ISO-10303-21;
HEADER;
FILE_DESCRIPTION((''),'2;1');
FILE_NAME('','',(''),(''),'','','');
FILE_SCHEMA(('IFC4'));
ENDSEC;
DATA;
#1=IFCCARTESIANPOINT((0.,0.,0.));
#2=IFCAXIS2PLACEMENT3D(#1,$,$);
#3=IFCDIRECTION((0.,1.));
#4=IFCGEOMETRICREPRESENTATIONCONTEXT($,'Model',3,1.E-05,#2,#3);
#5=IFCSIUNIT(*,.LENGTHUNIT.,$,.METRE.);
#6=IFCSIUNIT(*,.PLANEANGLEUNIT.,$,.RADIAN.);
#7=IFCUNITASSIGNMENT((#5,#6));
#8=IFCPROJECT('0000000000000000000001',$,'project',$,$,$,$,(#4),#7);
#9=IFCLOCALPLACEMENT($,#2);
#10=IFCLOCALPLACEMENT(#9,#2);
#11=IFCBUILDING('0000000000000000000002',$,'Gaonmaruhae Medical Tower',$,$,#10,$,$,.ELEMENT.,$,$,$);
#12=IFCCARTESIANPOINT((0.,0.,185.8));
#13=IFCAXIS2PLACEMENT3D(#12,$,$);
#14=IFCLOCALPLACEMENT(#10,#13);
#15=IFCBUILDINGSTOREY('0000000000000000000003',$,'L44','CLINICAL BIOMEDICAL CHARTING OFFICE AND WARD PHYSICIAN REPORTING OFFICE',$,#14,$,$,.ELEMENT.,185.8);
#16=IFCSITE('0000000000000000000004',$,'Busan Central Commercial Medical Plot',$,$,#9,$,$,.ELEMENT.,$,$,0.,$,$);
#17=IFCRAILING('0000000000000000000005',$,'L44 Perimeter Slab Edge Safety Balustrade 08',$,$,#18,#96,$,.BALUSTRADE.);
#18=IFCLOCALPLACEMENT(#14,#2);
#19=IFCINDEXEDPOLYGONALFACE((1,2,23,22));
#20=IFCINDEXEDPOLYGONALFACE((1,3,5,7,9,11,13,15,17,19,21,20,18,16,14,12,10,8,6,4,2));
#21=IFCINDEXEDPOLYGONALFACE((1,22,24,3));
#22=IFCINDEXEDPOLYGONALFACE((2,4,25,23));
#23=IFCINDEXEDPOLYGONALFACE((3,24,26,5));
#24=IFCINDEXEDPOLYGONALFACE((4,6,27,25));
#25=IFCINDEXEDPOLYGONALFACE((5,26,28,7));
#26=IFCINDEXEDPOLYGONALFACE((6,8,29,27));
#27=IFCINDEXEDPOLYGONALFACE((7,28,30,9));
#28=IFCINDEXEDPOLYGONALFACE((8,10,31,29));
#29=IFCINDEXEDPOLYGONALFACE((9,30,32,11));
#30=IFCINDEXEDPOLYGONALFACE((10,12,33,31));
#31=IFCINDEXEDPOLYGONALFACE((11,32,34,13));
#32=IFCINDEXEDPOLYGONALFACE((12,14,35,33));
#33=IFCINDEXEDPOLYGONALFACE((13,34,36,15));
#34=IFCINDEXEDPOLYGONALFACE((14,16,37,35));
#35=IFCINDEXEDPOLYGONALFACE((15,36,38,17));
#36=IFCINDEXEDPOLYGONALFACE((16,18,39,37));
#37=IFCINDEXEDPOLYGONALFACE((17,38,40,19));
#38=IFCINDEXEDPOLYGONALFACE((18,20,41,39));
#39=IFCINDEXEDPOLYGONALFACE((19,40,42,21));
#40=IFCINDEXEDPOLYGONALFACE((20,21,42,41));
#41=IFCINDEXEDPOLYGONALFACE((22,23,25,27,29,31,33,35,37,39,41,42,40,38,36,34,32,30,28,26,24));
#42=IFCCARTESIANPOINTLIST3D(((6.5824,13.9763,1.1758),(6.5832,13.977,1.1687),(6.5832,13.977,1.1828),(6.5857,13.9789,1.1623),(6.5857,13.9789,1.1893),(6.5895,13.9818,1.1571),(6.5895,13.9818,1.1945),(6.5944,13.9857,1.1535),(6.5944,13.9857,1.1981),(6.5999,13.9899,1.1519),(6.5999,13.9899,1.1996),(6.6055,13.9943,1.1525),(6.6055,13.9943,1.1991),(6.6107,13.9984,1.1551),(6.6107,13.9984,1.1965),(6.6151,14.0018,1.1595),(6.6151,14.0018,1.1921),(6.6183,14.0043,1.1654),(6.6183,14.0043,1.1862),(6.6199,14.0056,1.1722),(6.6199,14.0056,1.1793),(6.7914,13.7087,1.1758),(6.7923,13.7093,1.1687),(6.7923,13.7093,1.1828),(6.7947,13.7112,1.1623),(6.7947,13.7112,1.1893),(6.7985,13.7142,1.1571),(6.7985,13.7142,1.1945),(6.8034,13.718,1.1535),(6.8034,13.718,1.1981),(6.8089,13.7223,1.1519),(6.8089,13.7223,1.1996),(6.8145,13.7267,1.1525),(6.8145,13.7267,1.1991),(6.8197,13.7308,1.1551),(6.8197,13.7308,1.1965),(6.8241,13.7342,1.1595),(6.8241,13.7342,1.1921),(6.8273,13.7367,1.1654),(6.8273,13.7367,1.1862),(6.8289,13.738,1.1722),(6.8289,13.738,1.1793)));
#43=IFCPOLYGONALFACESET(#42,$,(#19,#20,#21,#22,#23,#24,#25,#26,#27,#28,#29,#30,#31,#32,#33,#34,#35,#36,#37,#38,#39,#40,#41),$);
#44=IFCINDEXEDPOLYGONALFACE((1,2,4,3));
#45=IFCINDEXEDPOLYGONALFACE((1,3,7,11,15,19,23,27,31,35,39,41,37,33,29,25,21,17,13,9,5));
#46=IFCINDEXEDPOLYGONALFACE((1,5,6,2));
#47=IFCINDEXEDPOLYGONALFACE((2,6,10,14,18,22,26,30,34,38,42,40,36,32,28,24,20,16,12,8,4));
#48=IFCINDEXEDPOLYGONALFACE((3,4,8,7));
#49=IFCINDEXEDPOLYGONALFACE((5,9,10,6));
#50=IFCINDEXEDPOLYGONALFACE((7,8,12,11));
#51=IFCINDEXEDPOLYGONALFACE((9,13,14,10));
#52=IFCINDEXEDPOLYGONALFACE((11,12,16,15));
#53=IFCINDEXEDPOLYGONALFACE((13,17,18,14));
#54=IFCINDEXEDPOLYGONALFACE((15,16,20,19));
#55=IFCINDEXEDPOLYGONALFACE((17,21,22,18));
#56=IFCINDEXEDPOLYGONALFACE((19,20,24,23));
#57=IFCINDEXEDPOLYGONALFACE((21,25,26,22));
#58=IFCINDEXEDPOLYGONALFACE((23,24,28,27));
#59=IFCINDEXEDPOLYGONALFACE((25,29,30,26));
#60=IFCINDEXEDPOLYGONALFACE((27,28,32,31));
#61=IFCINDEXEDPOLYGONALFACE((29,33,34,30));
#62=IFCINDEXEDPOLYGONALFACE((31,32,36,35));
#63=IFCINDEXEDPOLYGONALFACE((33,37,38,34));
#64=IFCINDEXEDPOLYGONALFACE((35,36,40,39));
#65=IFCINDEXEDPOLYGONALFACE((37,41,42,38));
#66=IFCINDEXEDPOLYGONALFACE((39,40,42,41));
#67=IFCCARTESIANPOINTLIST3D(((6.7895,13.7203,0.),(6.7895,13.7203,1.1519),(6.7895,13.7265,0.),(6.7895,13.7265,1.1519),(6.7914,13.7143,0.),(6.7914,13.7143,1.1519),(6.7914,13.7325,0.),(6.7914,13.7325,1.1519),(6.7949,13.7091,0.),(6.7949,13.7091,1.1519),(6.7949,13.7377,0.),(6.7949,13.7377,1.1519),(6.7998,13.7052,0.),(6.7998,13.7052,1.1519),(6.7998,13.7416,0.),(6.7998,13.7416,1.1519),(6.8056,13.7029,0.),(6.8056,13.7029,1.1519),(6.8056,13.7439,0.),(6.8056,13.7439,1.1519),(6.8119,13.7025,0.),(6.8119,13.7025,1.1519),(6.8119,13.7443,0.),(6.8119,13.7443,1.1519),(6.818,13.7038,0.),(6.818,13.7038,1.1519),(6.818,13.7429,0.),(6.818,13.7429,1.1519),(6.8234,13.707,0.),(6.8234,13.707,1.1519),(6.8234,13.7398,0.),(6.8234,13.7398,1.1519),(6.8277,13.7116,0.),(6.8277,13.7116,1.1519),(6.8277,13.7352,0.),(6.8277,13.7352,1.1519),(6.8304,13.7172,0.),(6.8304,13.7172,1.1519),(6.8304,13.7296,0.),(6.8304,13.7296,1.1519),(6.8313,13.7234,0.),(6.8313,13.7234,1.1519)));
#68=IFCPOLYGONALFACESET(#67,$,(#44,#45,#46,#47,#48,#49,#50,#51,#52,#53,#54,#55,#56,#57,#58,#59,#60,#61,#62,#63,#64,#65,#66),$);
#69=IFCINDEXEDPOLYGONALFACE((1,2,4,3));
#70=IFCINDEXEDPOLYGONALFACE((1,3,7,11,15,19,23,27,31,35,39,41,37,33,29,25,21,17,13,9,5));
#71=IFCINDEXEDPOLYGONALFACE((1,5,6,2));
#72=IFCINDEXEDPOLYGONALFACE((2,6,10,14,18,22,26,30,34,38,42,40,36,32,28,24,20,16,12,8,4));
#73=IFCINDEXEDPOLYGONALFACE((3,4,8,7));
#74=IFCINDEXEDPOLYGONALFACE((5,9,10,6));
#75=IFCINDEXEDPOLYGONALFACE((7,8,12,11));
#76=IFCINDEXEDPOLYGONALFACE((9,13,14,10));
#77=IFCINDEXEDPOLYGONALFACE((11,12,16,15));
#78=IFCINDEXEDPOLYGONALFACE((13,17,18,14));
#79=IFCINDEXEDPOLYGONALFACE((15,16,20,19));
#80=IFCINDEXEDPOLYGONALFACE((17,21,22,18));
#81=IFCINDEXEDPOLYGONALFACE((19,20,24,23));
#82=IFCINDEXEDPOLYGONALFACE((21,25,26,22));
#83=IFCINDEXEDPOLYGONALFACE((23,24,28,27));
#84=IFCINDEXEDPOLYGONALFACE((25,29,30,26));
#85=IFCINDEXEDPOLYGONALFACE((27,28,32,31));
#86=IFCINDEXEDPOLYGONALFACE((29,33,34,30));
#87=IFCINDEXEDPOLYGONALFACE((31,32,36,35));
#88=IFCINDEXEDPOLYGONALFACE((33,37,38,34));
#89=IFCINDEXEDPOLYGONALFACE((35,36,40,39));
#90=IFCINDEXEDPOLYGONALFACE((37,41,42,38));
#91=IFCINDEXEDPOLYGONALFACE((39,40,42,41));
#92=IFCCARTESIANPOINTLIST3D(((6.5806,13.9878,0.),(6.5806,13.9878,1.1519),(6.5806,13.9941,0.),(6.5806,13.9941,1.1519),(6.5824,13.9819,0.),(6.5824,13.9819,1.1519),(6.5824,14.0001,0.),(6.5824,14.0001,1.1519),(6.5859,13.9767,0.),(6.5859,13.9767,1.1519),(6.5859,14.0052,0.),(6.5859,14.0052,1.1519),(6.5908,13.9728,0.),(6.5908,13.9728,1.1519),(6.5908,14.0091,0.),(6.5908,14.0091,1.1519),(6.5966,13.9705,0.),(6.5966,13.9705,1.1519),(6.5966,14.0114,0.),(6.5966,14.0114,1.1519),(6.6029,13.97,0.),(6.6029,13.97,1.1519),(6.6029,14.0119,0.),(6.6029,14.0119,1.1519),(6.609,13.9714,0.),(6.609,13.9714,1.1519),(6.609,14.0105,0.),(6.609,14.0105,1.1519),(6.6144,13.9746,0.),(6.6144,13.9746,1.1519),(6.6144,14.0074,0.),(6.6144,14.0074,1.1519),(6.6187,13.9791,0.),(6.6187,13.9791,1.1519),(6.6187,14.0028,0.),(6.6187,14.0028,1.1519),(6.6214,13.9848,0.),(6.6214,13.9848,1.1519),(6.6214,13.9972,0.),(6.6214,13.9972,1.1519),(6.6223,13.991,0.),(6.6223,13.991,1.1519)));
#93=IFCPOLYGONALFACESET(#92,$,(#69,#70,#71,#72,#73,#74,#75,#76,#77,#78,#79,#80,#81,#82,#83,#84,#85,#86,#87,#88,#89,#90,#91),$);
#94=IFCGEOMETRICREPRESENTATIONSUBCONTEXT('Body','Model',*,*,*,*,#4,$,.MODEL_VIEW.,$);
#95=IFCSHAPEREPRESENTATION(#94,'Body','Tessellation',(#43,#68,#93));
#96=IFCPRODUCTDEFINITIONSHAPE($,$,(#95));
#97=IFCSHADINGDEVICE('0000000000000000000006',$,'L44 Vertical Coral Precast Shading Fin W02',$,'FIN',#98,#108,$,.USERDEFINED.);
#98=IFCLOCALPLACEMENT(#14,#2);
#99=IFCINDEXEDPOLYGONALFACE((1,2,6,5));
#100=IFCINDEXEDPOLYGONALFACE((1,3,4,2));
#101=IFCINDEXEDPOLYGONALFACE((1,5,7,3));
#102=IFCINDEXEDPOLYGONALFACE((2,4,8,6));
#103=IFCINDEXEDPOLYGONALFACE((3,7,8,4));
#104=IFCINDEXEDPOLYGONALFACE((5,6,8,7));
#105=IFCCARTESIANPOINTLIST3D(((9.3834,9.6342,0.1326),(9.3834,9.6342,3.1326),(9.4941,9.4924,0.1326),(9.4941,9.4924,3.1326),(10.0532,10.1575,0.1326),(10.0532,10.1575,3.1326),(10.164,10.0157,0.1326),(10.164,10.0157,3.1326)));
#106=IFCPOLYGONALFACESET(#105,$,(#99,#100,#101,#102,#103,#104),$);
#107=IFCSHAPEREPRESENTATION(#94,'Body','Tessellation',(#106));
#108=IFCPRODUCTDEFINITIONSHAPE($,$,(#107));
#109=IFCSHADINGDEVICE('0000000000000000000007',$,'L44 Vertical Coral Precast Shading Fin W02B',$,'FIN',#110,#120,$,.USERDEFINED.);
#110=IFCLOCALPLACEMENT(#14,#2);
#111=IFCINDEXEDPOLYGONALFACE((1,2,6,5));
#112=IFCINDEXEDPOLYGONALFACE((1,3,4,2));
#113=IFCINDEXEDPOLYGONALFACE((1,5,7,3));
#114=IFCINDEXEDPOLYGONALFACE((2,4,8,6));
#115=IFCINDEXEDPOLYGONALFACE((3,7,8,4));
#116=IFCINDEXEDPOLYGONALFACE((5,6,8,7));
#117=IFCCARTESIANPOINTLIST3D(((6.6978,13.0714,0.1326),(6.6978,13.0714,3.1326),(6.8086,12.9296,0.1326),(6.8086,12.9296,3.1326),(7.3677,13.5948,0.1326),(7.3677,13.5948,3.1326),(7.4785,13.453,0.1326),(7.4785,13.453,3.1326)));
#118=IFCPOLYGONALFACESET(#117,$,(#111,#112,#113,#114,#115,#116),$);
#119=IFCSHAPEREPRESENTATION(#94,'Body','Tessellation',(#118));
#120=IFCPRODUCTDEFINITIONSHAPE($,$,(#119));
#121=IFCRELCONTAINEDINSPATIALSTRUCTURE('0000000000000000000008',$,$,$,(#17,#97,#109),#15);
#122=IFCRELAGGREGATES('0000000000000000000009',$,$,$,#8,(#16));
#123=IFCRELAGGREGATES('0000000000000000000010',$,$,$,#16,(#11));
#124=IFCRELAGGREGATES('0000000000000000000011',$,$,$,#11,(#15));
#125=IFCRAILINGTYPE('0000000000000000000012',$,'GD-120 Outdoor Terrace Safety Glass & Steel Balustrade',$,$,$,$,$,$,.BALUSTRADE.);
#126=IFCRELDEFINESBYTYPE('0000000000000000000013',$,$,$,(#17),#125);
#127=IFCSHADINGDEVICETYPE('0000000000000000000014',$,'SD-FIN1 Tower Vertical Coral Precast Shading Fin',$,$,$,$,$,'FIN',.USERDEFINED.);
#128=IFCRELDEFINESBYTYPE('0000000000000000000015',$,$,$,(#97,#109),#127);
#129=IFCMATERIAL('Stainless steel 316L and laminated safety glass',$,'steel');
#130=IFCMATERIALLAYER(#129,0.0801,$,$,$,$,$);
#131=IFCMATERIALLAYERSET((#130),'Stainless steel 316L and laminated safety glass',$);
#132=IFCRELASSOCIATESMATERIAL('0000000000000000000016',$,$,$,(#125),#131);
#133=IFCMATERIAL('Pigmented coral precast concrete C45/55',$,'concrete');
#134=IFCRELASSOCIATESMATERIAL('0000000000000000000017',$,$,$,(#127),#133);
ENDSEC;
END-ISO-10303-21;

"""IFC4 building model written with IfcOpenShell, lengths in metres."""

from ifc_helpers import new_model, si_unit, direction, frame, origin, origin_2d, place, context, subcontext, project, spatial, rectangle, circle, extrude, material, layer, layer_set, type_object, element, save


model = new_model("IFC4")

# Units and contexts
model_context = context("Model", 3, precision=1e-05, world=origin(), true_north=direction((0.0, 1.0)))
body_context = subcontext(model_context, "Body", "Model", "MODEL_VIEW")
ifc_project = project(units=[si_unit("LENGTHUNIT", "METRE"), si_unit("PLANEANGLEUNIT", "RADIAN")], contexts=[model_context])

# Site, building, storey
site_placement = place(None, origin())
site = spatial("IfcSite", under=ifc_project, at=site_placement, Name="Busan Central Commercial Medical Plot", CompositionType="ELEMENT", RefElevation=0.0)
building_placement = place(site_placement, origin())
building = spatial("IfcBuilding", under=site, at=building_placement, Name="Gaonmaruhae Medical Tower", CompositionType="ELEMENT")
storey_placement = place(building_placement, frame((0.0, 0.0, 185.8)))
storey = spatial("IfcBuildingStorey", under=building, at=storey_placement, Name="L44", Description="CLINICAL BIOMEDICAL CHARTING OFFICE AND WARD PHYSICIAN REPORTING OFFICE", CompositionType="ELEMENT", Elevation=185.8)

# Railing
ifc_material_1 = material(Name="Stainless steel 316L and laminated safety glass", Category="steel")
ifc_layer_1 = layer(ifc_material_1, 0.0801)
ifc_layer_set_1 = layer_set([ifc_layer_1], Name="Stainless steel 316L and laminated safety glass")
railing_type = type_object("IfcRailingType", Name="GD-120 Outdoor Terrace Safety Glass & Steel Balustrade", PredefinedType="BALUSTRADE", material=ifc_layer_set_1)
railing_placement = place(storey_placement, frame((6.8103, 13.7234, 0.0)))
element("IfcRailing", 1, at=railing_placement, inside=storey, type_object=railing_type, Name="L44 Perimeter Slab Edge Safety Balustrade 08", PredefinedType="BALUSTRADE", context=body_context, shape_type="SweptSolid", body=[
    extrude(circle(Radius=0.0239, at=origin_2d()), frame((0.0, 0.0, 1.1758), z_axis=(-0.615532, 0.788112, 0.0), x_axis=(-0.788112, -0.615532, 0.0)), (0.0, 0.0, 1.0), 0.3396),
    extrude(circle(Radius=0.021, at=origin_2d()), origin(), (0.0, 0.0, 1.0), 1.1519),
    extrude(circle(Radius=0.021, at=origin_2d()), frame((-0.209, 0.2676, 0.0)), (0.0, 0.0, 1.0), 1.1519),
])

# Shading devices
ifc_material_2 = material(Name="Pigmented coral precast concrete C45/55", Category="concrete")
shading_device_type = type_object("IfcShadingDeviceType", Name="SD-FIN1 Tower Vertical Coral Precast Shading Fin", ElementType="FIN", PredefinedType="USERDEFINED", material=ifc_material_2)
for number, where, z_axis, x_axis, name in (
    (2, (9.7737, 9.825, 0.1326), (0.0, 0.0, 1.0), (-0.615661, 0.788011, 0.0), "L44 Vertical Coral Precast Shading Fin W02"),
    (3, (7.0881, 13.2622, 0.1326), (0.0, 0.0, 1.0), (-0.615661, 0.788011, 0.0), "L44 Vertical Coral Precast Shading Fin W02B"),
):
    element("IfcShadingDevice", number, at=place(storey_placement, frame(where, z_axis=z_axis, x_axis=x_axis)), inside=storey, type_object=shading_device_type, Name=name, ObjectType="FIN", PredefinedType="USERDEFINED", context=body_context, shape_type="SweptSolid", body=[
        extrude(rectangle(XDim=0.1799, YDim=0.8501, at=origin_2d()), origin(), (0.0, 0.0, 1.0), 3.0),
    ])

save(model, "model.ifc")
